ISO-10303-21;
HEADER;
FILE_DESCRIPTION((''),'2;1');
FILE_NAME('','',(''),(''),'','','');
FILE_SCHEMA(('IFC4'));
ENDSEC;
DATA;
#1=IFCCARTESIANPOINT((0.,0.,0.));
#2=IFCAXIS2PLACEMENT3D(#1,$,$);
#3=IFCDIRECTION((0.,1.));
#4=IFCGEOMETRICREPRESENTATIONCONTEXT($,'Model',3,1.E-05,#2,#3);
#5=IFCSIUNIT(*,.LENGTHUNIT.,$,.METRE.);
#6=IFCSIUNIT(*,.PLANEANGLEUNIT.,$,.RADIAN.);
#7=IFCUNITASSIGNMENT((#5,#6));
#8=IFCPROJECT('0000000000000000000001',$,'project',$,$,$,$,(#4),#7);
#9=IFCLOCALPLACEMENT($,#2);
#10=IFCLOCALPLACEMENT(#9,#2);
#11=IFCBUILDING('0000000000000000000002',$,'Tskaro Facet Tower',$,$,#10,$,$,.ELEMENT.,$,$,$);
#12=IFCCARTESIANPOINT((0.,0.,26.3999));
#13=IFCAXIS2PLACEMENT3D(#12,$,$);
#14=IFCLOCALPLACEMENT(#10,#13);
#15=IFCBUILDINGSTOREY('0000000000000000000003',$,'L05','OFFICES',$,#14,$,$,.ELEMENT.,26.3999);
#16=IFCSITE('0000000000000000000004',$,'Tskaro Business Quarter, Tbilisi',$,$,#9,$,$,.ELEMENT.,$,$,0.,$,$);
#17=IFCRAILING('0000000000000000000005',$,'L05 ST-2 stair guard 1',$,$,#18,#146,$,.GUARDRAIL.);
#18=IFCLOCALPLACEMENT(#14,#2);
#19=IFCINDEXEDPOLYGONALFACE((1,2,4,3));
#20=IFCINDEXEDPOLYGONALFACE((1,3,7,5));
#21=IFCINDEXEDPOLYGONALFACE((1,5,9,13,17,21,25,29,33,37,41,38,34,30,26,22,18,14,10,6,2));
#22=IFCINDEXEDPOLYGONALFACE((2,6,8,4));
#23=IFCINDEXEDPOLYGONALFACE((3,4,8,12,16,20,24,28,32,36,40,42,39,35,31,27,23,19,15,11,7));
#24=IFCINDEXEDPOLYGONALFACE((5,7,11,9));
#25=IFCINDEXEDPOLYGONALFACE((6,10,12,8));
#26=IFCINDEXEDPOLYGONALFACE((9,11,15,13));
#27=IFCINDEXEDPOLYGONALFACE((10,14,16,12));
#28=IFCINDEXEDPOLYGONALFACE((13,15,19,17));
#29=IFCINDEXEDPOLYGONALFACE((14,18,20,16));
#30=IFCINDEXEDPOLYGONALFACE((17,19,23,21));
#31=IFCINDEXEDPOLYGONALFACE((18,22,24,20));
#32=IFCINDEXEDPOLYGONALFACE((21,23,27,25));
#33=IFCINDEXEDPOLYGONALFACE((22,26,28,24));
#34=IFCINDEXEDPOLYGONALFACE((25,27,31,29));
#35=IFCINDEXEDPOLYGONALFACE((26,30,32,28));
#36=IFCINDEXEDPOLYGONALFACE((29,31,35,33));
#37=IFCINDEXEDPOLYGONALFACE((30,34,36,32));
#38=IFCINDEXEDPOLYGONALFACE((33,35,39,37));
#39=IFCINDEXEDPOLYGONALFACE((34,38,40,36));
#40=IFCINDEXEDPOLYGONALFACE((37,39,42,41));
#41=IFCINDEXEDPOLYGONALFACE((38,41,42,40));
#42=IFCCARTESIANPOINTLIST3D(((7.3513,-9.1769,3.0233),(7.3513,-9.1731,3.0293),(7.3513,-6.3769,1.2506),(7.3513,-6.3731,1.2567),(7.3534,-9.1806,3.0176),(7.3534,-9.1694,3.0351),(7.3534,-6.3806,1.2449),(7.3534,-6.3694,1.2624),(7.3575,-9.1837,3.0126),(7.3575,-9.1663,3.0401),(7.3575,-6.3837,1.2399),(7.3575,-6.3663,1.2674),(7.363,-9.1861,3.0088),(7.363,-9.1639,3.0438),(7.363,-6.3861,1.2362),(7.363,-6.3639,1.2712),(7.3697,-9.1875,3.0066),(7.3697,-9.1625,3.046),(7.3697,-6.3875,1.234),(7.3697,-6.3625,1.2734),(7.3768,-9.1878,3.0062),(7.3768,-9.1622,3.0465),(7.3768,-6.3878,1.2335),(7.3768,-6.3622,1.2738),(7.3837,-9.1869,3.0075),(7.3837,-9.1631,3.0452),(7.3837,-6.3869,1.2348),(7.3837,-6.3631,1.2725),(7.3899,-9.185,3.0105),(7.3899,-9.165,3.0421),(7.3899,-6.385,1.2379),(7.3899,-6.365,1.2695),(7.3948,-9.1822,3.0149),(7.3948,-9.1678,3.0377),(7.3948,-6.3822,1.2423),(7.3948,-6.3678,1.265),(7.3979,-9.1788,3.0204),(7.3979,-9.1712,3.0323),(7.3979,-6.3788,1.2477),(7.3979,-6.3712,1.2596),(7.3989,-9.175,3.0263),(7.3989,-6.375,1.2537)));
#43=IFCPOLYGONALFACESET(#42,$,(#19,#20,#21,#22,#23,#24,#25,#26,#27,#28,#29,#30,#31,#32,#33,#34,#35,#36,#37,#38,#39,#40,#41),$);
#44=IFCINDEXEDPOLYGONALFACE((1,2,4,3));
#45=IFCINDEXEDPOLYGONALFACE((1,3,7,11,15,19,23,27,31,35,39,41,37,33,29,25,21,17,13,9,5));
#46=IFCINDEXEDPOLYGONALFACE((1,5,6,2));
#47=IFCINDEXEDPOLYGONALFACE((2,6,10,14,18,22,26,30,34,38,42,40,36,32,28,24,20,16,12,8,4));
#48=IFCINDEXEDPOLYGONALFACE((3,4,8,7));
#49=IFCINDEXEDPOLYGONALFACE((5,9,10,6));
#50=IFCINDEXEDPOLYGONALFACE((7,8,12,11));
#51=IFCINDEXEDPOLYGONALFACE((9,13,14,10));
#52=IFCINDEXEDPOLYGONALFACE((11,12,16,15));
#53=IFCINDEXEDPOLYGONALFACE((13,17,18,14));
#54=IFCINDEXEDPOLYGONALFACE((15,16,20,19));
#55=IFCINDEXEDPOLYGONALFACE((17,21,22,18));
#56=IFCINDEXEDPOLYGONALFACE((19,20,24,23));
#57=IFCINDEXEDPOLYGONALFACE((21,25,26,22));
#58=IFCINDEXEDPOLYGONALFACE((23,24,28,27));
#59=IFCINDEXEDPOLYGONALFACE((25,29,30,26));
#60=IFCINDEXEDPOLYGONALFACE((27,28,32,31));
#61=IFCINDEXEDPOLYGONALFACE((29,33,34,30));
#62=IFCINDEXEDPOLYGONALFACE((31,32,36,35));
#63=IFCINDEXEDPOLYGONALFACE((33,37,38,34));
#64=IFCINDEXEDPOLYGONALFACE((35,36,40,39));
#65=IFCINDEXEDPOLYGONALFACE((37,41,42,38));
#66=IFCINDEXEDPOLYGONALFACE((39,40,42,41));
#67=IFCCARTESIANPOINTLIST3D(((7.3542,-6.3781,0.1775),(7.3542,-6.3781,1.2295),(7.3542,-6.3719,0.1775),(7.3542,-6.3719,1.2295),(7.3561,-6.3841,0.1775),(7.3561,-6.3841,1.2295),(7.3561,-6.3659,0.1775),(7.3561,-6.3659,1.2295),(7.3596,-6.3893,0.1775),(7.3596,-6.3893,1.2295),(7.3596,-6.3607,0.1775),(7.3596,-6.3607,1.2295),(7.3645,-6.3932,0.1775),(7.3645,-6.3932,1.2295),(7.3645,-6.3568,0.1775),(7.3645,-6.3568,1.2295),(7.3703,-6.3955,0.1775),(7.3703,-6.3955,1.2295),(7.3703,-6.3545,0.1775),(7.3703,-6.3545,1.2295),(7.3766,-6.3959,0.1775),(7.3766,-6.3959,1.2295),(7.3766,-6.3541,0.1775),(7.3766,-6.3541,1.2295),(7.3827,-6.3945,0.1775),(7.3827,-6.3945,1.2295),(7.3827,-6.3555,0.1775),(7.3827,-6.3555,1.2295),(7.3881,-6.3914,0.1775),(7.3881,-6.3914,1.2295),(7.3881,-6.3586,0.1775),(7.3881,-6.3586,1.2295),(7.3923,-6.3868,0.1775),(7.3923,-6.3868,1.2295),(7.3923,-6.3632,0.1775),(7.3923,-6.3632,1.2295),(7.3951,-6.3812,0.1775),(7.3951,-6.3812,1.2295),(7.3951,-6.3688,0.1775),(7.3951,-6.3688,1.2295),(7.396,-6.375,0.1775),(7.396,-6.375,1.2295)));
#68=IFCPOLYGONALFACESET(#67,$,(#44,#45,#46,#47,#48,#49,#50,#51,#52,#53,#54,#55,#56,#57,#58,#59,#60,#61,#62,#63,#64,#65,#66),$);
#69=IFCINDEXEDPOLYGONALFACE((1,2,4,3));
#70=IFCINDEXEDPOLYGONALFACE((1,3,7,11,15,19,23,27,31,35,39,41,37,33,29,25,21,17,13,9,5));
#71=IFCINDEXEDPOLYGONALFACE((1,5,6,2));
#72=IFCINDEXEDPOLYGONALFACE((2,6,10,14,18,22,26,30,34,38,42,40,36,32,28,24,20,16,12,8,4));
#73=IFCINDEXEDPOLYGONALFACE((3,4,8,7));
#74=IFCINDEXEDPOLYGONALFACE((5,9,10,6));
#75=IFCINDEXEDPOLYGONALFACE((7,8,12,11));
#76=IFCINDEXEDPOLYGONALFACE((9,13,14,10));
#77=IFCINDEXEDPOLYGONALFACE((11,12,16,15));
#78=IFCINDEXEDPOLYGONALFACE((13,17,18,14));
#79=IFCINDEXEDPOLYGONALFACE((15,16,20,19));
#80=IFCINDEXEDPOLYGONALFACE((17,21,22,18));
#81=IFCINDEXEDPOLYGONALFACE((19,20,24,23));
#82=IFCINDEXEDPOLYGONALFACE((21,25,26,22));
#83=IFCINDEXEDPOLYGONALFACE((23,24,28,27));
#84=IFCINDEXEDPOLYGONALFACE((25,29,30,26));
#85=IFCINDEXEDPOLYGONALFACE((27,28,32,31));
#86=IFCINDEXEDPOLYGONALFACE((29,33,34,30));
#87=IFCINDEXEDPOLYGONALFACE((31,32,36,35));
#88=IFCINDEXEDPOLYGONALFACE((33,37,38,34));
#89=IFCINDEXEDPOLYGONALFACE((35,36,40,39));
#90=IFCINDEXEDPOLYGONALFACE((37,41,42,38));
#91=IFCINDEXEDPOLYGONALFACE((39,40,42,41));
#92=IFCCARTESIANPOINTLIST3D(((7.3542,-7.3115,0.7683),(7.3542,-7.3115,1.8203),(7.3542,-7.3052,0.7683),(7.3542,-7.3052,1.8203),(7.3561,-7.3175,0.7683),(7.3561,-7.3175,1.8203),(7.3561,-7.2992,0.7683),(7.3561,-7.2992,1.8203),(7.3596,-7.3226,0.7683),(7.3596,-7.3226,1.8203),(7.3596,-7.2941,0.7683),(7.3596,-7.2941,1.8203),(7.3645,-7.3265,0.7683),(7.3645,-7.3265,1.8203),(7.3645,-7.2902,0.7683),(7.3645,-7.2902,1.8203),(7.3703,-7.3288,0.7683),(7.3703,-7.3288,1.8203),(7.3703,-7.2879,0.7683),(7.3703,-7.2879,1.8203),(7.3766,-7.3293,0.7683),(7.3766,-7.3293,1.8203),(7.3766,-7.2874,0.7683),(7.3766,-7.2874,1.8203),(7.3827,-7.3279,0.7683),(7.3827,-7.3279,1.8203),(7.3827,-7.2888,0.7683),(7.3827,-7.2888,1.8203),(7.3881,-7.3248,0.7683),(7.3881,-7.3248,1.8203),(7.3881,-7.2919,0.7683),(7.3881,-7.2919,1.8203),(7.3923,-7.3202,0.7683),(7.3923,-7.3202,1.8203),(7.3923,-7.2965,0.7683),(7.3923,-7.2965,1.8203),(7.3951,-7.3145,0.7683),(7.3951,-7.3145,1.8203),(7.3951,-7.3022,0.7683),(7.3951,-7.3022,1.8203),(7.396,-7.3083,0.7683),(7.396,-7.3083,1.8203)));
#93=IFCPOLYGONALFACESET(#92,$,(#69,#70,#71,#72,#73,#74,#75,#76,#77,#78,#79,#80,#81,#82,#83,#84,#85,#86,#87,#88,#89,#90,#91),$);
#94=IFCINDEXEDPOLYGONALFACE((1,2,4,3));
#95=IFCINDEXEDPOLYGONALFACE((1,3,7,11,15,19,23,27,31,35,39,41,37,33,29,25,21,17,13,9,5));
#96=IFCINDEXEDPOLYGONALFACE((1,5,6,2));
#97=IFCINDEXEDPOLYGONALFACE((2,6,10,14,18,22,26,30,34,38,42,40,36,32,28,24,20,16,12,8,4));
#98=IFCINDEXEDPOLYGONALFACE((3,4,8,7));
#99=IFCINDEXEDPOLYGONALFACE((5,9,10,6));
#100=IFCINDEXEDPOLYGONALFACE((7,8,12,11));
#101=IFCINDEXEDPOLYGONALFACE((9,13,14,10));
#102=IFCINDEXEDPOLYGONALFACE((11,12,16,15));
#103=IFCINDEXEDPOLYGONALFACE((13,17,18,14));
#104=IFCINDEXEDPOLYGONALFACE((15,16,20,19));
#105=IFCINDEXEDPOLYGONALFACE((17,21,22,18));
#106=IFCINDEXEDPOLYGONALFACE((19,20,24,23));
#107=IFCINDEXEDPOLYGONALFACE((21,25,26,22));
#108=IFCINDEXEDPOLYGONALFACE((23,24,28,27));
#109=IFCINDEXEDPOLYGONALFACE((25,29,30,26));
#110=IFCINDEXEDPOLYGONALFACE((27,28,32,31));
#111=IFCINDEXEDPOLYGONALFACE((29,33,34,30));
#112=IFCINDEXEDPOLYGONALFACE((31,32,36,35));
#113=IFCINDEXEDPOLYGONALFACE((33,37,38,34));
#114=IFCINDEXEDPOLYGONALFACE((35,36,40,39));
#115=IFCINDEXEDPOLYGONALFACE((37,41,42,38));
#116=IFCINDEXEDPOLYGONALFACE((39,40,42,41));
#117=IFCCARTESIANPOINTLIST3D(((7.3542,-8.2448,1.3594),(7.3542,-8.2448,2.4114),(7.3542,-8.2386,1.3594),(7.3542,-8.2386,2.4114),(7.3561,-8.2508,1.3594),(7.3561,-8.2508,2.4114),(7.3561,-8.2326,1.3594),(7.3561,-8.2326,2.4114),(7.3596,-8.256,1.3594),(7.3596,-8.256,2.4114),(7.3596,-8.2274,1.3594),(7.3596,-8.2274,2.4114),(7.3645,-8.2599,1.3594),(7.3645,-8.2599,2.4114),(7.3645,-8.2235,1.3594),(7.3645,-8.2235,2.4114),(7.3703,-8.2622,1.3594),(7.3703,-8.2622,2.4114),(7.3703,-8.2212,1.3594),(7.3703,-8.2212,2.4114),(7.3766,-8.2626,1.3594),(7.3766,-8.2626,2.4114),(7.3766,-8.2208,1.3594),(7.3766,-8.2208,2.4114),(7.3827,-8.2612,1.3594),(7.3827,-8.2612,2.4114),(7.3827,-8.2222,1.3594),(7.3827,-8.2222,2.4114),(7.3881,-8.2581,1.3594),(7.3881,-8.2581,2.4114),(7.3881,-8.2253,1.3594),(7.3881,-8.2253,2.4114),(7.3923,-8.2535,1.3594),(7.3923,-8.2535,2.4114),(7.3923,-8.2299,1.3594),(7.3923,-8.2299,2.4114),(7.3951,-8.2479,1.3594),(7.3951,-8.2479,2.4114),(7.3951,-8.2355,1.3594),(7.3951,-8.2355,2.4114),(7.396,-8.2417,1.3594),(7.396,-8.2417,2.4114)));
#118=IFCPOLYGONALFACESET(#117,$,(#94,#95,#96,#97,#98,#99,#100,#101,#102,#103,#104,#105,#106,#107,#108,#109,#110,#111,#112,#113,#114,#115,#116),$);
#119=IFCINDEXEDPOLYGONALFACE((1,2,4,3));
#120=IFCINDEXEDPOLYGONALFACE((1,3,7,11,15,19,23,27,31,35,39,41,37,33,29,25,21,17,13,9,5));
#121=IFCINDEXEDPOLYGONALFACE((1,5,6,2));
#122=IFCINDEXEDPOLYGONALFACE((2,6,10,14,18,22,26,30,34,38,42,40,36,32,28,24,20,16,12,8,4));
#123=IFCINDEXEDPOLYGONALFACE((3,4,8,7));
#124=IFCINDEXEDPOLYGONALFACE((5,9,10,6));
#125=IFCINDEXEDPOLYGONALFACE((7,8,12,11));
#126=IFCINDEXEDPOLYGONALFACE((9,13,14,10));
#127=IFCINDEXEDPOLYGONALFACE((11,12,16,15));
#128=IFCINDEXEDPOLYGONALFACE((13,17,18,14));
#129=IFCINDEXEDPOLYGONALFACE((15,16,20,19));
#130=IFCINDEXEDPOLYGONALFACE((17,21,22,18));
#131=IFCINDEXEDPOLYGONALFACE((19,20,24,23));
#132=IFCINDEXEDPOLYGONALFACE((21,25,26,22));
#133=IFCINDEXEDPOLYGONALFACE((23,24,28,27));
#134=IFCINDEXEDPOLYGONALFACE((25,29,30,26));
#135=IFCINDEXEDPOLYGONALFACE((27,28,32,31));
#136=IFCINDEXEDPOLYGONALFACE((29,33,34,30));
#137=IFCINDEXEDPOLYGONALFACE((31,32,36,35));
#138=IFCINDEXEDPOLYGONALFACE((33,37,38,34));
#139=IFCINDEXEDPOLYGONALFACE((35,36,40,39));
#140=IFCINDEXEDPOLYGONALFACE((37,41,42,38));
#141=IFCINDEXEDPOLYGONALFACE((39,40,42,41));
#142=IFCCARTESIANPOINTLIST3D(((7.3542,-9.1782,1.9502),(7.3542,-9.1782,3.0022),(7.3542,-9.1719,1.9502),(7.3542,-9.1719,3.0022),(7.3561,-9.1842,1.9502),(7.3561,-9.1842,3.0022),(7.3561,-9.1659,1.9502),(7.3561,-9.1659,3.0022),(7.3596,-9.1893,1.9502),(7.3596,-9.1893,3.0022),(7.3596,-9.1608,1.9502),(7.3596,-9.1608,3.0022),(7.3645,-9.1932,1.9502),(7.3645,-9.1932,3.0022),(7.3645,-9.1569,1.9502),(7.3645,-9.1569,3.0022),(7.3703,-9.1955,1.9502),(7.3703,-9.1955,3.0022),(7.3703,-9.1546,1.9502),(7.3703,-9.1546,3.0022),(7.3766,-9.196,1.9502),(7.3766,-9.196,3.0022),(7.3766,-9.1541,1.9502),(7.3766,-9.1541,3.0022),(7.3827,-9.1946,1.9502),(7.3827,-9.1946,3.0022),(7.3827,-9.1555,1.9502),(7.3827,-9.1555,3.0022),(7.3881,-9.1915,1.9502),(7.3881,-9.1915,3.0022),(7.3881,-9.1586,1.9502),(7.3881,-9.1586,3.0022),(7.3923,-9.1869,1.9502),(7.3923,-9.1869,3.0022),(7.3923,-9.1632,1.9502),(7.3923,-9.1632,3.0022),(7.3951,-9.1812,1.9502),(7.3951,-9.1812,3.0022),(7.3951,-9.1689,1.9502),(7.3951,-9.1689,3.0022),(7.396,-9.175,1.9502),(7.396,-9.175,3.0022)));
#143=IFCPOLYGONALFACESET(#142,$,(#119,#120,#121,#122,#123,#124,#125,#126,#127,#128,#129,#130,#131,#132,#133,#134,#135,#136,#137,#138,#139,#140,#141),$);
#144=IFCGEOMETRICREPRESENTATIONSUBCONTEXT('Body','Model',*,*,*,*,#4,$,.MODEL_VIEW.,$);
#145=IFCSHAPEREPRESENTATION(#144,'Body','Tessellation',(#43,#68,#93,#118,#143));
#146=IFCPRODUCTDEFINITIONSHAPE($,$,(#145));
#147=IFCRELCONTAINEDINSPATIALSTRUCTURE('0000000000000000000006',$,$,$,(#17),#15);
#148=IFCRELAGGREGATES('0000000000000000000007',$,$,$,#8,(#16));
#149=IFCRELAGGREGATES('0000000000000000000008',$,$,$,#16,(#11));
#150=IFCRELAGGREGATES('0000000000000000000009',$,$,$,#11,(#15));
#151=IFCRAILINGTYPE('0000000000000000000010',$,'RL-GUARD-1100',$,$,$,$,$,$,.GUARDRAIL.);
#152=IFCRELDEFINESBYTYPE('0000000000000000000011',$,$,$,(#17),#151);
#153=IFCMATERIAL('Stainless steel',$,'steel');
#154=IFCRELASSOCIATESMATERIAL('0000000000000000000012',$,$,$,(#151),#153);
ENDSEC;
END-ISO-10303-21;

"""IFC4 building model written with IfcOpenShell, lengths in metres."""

from ifc_helpers import new_model, si_unit, direction, frame, origin, origin_2d, place, context, subcontext, project, spatial, circle, extrude, material, type_object, element, save


model = new_model("IFC4")

# Units and contexts
model_context = context("Model", 3, precision=1e-05, world=origin(), true_north=direction((0.0, 1.0)))
body_context = subcontext(model_context, "Body", "Model", "MODEL_VIEW")
ifc_project = project(units=[si_unit("LENGTHUNIT", "METRE"), si_unit("PLANEANGLEUNIT", "RADIAN")], contexts=[model_context])

# Site, building, storey
site_placement = place(None, origin())
site = spatial("IfcSite", under=ifc_project, at=site_placement, Name="Tskaro Business Quarter, Tbilisi", CompositionType="ELEMENT", RefElevation=0.0)
building_placement = place(site_placement, origin())
building = spatial("IfcBuilding", under=site, at=building_placement, Name="Tskaro Facet Tower", CompositionType="ELEMENT")
storey_placement = place(building_placement, frame((0.0, 0.0, 26.3999)))
storey = spatial("IfcBuildingStorey", under=building, at=storey_placement, Name="L05", Description="OFFICES", CompositionType="ELEMENT", Elevation=26.3999)

# Railing
ifc_material_1 = material(Name="Stainless steel", Category="steel")
railing_type_1 = type_object("IfcRailingType", Name="RL-GUARD-1100", PredefinedType="GUARDRAIL", material=ifc_material_1)
railing_1_placement = place(storey_placement, frame((7.375, -6.375, 0.1775)))
element("IfcRailing", 1, at=railing_1_placement, inside=storey, type_object=railing_type_1, Name="L05 ST-2 stair guard 1", PredefinedType="GUARDRAIL", context=body_context, shape_type="SweptSolid", body=[
    extrude(circle(Radius=0.0239, at=origin_2d()), frame((0.0, 0.0, 1.0762), z_axis=(0.0, -0.844909, 0.53491), x_axis=(1.0, 0.0, 0.0)), (0.0, 0.0, 1.0), 3.314),
    extrude(circle(Radius=0.021, at=origin_2d()), origin(), (0.0, 0.0, 1.0), 1.052),
    extrude(circle(Radius=0.021, at=origin_2d()), frame((0.0, -0.9333, 0.5908)), (0.0, 0.0, 1.0), 1.052),
    extrude(circle(Radius=0.021, at=origin_2d()), frame((0.0, -1.8667, 1.1819)), (0.0, 0.0, 1.0), 1.052),
    extrude(circle(Radius=0.021, at=origin_2d()), frame((0.0, -2.8, 1.7727)), (0.0, 0.0, 1.0), 1.052),
])

save(model, "model.ifc")
